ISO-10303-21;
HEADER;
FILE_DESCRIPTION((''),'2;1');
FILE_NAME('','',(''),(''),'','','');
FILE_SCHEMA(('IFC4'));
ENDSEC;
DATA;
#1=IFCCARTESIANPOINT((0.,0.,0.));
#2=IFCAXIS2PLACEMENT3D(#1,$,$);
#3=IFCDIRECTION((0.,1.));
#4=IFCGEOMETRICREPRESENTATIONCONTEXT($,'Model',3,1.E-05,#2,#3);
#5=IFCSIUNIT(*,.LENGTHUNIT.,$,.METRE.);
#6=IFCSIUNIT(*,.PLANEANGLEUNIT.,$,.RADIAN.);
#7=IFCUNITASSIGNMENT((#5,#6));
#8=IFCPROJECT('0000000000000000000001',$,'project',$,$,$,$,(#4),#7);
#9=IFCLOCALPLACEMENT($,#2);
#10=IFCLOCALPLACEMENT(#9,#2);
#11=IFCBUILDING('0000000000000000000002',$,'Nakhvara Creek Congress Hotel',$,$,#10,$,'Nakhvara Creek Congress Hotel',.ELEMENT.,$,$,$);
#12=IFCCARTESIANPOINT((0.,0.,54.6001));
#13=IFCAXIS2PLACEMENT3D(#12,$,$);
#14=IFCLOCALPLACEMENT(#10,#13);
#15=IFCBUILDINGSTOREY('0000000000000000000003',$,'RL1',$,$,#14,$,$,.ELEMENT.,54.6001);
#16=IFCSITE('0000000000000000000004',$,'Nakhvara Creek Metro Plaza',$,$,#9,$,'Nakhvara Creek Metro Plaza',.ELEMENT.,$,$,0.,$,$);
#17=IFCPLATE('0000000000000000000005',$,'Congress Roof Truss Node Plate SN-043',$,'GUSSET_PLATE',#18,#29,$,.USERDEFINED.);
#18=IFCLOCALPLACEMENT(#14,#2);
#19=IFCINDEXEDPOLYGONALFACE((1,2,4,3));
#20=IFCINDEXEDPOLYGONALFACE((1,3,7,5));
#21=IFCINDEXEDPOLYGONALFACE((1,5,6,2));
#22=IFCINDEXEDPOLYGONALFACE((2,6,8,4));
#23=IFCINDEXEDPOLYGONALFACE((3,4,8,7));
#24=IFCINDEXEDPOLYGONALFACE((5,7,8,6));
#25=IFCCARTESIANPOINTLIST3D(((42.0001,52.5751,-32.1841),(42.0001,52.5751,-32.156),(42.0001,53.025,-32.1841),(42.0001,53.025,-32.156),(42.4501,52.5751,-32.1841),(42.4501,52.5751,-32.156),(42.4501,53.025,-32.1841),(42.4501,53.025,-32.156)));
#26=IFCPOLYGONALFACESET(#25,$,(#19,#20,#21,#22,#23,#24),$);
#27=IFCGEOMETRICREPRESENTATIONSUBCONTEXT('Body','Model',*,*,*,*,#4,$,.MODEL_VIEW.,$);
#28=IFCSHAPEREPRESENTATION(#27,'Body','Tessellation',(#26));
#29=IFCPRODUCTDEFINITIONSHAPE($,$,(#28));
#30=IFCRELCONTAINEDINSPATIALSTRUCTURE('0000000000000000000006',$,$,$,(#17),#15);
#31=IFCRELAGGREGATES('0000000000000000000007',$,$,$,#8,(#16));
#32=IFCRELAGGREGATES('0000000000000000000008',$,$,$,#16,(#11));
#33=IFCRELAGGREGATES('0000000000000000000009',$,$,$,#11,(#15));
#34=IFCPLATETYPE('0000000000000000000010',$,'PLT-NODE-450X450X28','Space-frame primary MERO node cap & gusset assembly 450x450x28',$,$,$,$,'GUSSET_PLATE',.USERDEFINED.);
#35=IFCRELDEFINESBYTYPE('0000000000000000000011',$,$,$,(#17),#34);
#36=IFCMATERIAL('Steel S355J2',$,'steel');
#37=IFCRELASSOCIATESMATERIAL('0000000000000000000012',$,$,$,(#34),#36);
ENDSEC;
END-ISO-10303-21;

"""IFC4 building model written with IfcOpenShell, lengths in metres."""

from ifc_helpers import new_model, si_unit, direction, frame, origin, origin_2d, place, context, subcontext, project, spatial, rectangle, extrude, material, type_object, element, save


model = new_model("IFC4")

# Units and contexts
model_context = context("Model", 3, precision=1e-05, world=origin(), true_north=direction((0.0, 1.0)))
body_context = subcontext(model_context, "Body", "Model", "MODEL_VIEW")
ifc_project = project(units=[si_unit("LENGTHUNIT", "METRE"), si_unit("PLANEANGLEUNIT", "RADIAN")], contexts=[model_context])

# Site, building, storey
site_placement = place(None, origin())
site = spatial("IfcSite", under=ifc_project, at=site_placement, Name="Nakhvara Creek Metro Plaza", LongName="Nakhvara Creek Metro Plaza", CompositionType="ELEMENT", RefElevation=0.0)
building_placement = place(site_placement, origin())
building = spatial("IfcBuilding", under=site, at=building_placement, Name="Nakhvara Creek Congress Hotel", LongName="Nakhvara Creek Congress Hotel", CompositionType="ELEMENT")
storey_placement = place(building_placement, frame((0.0, 0.0, 54.6001)))
storey = spatial("IfcBuildingStorey", under=building, at=storey_placement, Name="RL1", CompositionType="ELEMENT", Elevation=54.6001)

# Plate
ifc_material_1 = material(Name="Steel S355J2", Category="steel")
plate_type_1 = type_object("IfcPlateType", Name="PLT-NODE-450X450X28", Description="Space-frame primary MERO node cap & gusset assembly 450x450x28", ElementType="GUSSET_PLATE", PredefinedType="USERDEFINED", material=ifc_material_1)
for number, where, z_axis, x_axis, name in (
    (1, (42.2251, 52.8, -32.1841), (0.0, 0.0, 1.0), (1.0, 0.0, 0.0), "Congress Roof Truss Node Plate SN-043"),
):
    element("IfcPlate", number, at=place(storey_placement, frame(where, z_axis=z_axis, x_axis=x_axis)), inside=storey, type_object=plate_type_1, Name=name, ObjectType="GUSSET_PLATE", PredefinedType="USERDEFINED", context=body_context, shape_type="SweptSolid", body=[
        extrude(rectangle(XDim=0.45, YDim=0.45, at=origin_2d()), origin(), (0.0, 0.0, 1.0), 0.0281),
    ])

save(model, "model.ifc")
